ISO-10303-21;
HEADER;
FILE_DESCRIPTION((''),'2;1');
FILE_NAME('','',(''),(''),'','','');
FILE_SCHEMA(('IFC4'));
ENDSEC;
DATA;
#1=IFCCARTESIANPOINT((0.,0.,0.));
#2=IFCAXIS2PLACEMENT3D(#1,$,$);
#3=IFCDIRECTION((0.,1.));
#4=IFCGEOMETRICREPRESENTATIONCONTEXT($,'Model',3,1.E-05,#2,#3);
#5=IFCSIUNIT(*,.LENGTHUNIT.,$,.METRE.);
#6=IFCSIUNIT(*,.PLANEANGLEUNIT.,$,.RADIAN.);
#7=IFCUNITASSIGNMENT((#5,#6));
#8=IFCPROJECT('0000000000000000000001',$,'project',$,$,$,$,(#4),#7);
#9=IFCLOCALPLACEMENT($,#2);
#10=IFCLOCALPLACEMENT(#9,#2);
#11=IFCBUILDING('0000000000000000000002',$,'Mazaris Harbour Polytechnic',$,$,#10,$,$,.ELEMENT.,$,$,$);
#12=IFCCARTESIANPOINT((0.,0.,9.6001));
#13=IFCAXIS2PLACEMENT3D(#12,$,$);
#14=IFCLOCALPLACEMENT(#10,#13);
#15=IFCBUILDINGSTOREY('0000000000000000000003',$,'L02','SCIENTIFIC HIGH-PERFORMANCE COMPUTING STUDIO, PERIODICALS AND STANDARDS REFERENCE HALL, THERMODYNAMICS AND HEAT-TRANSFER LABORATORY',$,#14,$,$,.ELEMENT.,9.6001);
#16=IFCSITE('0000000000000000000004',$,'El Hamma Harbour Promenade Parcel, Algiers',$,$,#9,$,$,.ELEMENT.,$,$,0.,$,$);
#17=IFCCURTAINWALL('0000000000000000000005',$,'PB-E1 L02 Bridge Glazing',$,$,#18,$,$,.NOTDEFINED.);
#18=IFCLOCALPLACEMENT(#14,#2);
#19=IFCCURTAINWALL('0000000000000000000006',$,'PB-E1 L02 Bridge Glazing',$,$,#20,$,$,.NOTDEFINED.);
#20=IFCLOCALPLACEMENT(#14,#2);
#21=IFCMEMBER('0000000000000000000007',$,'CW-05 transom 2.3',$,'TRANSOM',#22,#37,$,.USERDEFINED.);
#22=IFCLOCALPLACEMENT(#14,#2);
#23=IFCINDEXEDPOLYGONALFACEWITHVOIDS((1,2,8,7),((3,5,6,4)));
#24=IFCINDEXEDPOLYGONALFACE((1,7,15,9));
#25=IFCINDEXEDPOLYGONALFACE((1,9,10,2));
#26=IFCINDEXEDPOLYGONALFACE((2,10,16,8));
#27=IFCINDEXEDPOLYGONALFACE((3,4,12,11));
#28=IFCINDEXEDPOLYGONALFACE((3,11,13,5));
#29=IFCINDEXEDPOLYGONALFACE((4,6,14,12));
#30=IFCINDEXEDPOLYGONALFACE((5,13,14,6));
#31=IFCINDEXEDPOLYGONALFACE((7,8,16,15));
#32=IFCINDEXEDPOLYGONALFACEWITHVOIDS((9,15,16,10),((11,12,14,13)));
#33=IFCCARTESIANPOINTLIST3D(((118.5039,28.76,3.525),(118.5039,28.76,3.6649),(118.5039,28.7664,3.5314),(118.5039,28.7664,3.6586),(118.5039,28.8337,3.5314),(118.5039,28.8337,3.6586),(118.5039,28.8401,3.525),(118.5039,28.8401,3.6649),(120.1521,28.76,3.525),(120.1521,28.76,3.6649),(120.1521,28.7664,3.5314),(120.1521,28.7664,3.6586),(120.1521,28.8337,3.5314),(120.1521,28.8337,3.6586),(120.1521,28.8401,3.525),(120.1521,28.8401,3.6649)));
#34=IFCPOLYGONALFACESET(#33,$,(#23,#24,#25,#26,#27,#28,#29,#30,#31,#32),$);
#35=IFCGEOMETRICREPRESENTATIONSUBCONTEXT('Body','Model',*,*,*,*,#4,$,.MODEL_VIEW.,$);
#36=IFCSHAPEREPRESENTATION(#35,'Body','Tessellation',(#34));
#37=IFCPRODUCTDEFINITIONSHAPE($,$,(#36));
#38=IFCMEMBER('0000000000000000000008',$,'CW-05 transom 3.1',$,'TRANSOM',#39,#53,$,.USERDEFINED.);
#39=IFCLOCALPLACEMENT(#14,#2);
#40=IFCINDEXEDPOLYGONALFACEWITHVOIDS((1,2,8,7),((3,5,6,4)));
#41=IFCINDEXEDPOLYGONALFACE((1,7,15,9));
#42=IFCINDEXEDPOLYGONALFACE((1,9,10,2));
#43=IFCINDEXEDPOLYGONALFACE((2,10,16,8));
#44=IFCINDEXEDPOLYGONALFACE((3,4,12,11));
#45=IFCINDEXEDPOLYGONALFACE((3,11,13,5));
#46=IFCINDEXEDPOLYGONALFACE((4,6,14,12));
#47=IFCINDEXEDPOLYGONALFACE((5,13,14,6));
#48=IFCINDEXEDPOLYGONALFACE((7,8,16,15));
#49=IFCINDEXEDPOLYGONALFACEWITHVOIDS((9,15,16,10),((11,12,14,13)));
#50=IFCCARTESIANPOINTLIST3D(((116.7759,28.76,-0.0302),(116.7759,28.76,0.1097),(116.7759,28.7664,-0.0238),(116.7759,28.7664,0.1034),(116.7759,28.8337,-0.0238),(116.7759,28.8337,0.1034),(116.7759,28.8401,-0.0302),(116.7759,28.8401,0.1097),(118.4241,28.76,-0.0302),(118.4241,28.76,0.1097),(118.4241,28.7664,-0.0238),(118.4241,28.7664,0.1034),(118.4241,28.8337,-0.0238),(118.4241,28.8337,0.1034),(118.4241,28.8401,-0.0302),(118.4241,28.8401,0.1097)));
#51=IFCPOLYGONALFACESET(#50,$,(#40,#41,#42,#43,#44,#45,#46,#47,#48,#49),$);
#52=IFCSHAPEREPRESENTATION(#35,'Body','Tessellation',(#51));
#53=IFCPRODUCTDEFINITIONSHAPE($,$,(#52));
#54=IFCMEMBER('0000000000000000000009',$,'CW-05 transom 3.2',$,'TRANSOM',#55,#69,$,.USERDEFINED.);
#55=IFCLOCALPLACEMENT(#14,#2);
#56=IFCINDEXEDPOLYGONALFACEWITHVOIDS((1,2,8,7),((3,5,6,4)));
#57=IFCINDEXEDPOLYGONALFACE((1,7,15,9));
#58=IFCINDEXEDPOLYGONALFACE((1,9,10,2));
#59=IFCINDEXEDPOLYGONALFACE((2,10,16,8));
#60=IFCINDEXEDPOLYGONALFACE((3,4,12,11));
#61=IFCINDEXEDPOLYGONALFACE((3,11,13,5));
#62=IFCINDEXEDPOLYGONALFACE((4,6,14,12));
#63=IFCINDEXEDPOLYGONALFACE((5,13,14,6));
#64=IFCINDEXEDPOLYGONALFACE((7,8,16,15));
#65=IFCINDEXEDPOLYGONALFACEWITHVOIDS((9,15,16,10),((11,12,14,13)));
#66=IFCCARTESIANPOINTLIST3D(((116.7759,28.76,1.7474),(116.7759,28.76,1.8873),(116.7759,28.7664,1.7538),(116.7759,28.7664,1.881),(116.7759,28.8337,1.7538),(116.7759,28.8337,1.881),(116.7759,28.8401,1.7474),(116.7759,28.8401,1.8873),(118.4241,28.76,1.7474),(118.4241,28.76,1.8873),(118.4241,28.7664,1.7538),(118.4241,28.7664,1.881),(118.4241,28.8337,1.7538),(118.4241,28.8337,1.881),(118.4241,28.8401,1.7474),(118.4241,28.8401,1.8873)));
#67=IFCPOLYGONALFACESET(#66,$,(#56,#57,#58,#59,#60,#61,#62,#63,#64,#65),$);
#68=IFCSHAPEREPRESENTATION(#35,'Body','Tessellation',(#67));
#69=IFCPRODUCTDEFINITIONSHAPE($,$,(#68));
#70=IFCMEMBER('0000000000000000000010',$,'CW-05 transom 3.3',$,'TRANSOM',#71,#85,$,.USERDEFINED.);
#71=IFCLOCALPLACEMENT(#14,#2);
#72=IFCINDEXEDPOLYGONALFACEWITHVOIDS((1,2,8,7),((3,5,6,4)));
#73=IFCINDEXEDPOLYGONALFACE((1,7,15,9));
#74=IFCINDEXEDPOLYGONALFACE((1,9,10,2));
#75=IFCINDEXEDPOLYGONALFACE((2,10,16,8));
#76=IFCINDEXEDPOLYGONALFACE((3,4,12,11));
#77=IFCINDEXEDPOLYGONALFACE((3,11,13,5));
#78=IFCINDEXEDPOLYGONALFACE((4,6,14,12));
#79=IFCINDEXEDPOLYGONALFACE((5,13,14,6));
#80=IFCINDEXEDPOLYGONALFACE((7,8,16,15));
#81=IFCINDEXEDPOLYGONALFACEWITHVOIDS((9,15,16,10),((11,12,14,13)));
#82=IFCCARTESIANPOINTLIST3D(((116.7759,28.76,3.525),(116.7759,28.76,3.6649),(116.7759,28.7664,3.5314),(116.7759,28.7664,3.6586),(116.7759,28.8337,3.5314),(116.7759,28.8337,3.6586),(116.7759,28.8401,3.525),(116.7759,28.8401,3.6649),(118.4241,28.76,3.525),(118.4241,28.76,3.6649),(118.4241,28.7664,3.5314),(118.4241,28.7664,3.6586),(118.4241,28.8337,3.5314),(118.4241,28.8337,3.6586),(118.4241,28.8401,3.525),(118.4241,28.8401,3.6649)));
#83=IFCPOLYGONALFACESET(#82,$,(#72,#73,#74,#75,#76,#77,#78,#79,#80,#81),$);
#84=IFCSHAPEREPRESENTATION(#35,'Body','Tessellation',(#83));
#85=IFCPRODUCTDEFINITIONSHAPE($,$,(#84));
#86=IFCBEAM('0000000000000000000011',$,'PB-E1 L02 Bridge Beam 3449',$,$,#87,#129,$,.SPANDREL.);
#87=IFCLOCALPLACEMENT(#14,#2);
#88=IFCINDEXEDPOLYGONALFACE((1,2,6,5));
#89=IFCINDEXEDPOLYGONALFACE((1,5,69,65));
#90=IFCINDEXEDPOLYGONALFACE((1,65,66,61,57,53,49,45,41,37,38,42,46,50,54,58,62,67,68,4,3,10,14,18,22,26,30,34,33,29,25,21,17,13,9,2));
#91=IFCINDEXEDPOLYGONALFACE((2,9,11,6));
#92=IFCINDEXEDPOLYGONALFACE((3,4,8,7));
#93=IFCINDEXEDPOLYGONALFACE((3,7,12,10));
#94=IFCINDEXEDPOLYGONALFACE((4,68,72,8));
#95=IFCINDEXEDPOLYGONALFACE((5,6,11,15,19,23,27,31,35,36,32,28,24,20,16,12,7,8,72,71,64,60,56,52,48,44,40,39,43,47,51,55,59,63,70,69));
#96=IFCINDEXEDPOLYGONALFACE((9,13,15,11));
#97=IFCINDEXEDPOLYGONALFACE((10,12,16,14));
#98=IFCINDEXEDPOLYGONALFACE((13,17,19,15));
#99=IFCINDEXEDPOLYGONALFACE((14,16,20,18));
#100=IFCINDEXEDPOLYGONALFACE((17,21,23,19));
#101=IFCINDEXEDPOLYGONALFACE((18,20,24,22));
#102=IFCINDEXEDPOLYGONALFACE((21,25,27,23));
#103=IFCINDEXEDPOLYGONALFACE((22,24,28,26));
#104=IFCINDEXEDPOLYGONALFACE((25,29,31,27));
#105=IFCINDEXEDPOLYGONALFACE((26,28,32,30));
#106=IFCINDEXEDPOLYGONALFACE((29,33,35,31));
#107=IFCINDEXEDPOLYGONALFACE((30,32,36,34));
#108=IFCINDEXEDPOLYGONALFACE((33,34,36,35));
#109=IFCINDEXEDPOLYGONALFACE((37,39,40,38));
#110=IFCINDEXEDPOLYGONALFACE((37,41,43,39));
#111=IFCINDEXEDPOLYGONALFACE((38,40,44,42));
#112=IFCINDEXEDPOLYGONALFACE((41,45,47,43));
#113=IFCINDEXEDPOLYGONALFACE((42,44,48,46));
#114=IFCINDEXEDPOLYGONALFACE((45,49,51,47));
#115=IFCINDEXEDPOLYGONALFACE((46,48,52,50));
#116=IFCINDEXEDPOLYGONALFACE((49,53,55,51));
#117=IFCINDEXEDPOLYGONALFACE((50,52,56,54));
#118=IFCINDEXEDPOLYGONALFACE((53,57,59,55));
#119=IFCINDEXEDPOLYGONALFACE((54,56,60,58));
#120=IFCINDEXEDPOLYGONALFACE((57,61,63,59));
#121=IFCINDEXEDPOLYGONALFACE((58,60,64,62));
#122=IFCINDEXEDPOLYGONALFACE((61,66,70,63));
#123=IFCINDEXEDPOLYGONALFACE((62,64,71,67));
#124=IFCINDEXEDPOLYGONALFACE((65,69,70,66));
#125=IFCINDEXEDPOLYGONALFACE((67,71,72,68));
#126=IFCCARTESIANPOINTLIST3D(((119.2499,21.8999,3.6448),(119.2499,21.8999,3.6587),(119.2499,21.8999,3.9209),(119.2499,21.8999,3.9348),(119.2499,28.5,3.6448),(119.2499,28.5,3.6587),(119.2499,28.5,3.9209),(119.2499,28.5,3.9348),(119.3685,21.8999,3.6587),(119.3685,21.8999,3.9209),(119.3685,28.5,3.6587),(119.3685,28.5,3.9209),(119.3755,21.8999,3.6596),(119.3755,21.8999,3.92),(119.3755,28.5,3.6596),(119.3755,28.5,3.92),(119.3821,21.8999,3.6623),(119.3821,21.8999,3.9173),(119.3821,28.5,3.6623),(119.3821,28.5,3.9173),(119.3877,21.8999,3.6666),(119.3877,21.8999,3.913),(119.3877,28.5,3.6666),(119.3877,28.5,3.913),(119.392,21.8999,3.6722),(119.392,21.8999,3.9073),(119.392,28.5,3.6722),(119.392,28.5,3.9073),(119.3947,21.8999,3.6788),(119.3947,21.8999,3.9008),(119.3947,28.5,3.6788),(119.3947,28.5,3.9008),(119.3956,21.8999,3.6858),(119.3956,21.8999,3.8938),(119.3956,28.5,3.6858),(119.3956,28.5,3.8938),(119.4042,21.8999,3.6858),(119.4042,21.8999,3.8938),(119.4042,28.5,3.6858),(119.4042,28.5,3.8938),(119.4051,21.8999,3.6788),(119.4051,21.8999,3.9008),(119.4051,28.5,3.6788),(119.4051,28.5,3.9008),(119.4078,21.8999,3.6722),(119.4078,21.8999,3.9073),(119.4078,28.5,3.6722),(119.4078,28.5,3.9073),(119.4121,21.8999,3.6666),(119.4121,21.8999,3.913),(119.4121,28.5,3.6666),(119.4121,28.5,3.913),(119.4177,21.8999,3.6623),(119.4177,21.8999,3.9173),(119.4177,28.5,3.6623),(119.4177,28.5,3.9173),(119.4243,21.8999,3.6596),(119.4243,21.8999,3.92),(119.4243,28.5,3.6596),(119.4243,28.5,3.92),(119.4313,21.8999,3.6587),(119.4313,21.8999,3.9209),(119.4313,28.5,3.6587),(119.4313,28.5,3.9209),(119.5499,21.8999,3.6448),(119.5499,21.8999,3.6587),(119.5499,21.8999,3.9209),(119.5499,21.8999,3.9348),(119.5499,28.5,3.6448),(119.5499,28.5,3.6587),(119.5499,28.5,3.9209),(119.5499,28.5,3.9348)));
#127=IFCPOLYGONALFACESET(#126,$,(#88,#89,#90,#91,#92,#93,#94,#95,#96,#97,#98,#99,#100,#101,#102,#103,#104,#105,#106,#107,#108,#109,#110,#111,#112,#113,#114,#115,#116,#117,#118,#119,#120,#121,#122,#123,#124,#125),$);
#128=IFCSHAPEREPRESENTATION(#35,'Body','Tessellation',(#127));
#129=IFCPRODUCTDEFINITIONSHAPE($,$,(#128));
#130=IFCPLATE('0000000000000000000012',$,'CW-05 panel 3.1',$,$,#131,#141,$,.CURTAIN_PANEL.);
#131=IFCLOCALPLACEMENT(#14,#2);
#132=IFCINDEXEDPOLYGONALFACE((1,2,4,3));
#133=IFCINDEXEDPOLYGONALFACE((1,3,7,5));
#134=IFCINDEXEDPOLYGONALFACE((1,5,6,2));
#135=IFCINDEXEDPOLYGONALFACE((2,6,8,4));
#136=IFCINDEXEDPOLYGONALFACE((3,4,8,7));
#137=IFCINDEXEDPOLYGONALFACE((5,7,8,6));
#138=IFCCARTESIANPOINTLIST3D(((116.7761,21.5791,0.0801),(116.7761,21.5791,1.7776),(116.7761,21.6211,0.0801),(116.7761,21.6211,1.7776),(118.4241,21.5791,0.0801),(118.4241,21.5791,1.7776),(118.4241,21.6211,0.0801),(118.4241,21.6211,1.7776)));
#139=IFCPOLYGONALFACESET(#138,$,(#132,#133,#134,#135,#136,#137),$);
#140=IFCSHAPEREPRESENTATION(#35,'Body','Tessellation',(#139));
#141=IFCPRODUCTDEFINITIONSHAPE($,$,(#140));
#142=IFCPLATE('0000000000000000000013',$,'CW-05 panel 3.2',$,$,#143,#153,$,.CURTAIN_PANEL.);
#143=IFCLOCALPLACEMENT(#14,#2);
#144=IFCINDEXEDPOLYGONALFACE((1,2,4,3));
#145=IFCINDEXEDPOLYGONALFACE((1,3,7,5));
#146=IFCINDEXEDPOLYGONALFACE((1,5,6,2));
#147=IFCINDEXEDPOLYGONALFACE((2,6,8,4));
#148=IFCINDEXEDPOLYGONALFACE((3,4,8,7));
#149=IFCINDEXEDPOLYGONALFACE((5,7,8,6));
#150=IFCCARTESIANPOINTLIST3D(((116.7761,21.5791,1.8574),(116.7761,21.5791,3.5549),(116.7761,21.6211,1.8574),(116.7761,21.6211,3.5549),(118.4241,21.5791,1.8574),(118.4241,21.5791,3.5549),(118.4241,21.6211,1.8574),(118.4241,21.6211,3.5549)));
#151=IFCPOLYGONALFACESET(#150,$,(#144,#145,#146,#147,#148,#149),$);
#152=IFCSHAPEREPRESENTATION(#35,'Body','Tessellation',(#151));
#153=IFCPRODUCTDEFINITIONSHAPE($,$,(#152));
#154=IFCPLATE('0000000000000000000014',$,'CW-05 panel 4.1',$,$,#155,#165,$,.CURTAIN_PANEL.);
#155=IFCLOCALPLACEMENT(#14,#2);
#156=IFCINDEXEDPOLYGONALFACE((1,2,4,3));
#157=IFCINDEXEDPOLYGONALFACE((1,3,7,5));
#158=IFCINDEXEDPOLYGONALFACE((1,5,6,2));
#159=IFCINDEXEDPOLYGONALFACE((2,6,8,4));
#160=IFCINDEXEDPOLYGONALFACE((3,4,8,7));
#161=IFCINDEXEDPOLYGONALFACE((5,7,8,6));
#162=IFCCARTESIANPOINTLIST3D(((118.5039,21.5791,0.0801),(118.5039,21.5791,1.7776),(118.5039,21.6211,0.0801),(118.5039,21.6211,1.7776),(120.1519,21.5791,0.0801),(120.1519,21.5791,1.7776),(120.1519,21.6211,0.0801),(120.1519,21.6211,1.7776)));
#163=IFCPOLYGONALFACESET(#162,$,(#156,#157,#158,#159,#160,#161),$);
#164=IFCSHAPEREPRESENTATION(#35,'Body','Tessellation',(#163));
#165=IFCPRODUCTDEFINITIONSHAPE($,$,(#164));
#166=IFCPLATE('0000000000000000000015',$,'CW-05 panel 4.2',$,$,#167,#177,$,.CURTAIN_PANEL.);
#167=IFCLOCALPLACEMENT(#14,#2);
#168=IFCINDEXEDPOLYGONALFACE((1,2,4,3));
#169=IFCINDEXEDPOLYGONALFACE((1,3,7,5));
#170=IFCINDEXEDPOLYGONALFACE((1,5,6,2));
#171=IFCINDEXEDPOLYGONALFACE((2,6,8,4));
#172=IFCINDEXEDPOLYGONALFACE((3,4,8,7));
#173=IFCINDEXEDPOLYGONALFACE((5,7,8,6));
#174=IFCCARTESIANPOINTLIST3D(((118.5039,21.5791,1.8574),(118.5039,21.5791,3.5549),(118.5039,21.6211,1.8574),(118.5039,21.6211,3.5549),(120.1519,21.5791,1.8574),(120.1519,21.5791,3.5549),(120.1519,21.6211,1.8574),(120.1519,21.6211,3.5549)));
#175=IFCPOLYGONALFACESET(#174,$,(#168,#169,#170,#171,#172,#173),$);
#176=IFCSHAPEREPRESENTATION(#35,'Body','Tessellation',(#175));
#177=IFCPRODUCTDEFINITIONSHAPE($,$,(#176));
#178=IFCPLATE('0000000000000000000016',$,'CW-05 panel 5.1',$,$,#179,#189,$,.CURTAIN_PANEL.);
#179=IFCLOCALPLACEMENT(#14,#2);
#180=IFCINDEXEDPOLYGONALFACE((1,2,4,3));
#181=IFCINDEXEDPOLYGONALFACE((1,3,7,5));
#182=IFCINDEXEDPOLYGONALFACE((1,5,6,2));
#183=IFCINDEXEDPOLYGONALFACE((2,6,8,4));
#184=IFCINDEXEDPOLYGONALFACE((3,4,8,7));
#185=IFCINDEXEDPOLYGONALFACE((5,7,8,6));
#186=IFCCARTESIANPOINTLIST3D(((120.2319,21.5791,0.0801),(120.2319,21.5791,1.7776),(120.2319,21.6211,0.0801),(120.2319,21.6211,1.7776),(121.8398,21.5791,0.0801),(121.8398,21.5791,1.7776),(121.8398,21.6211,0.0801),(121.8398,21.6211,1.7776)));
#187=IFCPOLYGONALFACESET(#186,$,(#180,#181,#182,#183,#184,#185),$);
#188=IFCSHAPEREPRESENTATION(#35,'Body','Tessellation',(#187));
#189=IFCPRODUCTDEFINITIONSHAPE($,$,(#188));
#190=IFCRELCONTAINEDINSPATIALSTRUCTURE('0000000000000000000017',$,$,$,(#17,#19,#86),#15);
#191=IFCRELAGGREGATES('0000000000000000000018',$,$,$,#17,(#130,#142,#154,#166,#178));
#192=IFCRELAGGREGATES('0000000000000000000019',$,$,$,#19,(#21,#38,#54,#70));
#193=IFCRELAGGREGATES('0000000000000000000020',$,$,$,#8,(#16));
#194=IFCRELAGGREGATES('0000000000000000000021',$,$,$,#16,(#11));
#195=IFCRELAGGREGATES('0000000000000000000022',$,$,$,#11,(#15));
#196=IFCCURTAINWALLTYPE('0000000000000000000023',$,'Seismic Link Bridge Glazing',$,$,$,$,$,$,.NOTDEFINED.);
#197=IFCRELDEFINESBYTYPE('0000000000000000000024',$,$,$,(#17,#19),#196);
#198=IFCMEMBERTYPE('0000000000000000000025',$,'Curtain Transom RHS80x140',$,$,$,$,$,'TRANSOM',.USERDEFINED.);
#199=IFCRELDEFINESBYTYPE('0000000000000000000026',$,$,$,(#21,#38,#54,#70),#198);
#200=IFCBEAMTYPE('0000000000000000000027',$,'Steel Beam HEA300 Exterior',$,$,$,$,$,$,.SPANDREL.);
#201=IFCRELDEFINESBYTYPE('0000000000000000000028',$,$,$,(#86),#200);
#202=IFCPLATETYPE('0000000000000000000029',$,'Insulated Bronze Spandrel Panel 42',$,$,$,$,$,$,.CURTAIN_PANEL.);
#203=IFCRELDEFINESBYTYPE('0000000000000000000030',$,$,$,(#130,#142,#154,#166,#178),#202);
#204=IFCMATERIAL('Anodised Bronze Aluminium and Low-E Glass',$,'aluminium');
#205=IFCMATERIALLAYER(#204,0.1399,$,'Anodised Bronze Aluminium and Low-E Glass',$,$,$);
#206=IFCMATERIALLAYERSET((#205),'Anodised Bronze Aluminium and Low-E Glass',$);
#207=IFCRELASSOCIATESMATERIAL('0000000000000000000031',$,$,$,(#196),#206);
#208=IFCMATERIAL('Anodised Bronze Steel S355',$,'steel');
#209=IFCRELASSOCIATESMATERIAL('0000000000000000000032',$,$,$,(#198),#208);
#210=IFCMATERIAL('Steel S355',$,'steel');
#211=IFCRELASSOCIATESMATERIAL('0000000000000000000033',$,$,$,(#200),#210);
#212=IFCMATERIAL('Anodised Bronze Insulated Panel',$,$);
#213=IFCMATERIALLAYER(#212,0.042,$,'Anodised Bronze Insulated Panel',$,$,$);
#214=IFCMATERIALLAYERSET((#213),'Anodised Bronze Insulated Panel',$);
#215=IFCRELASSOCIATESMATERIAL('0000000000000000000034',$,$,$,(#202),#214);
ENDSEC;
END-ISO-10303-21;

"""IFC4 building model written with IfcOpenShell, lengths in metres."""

from ifc_helpers import new_model, si_unit, direction, frame, origin, origin_2d, place, context, subcontext, project, spatial, rectangle, hollow_rectangle, i_section, extrude, material, layer, layer_set, material_profile, profile_set, type_object, element, aggregate, save


model = new_model("IFC4")

# Units and contexts
model_context = context("Model", 3, precision=1e-05, world=origin(), true_north=direction((0.0, 1.0)))
body_context = subcontext(model_context, "Body", "Model", "MODEL_VIEW")
ifc_project = project(units=[si_unit("LENGTHUNIT", "METRE"), si_unit("PLANEANGLEUNIT", "RADIAN")], contexts=[model_context])

# Site, building, storey
site_placement = place(None, origin())
site = spatial("IfcSite", under=ifc_project, at=site_placement, Name="El Hamma Harbour Promenade Parcel, Algiers", CompositionType="ELEMENT", RefElevation=0.0)
building_placement = place(site_placement, origin())
building = spatial("IfcBuilding", under=site, at=building_placement, Name="Mazaris Harbour Polytechnic", CompositionType="ELEMENT")
storey_placement = place(building_placement, frame((0.0, 0.0, 9.6001)))
storey = spatial("IfcBuildingStorey", under=building, at=storey_placement, Name="L02", Description="SCIENTIFIC HIGH-PERFORMANCE COMPUTING STUDIO, PERIODICALS AND STANDARDS REFERENCE HALL, THERMODYNAMICS AND HEAT-TRANSFER LABORATORY", CompositionType="ELEMENT", Elevation=9.6001)

# Curtain walls
ifc_material_1 = material(Name="Anodised Bronze Aluminium and Low-E Glass", Category="aluminium")
ifc_layer_1 = layer(ifc_material_1, 0.1399, Name="Anodised Bronze Aluminium and Low-E Glass")
ifc_layer_set_1 = layer_set([ifc_layer_1], Name="Anodised Bronze Aluminium and Low-E Glass")
curtain_wall_type = type_object("IfcCurtainWallType", Name="Seismic Link Bridge Glazing", PredefinedType="NOTDEFINED", material=ifc_layer_set_1)
curtain_wall_1_placement = place(storey_placement, origin())
curtain_wall_1 = element("IfcCurtainWall", 1, at=curtain_wall_1_placement, inside=storey, type_object=curtain_wall_type, Name="PB-E1 L02 Bridge Glazing", PredefinedType="NOTDEFINED")
curtain_wall_2_placement = place(storey_placement, origin())
curtain_wall_2 = element("IfcCurtainWall", 2, at=curtain_wall_2_placement, inside=storey, type_object=curtain_wall_type, Name="PB-E1 L02 Bridge Glazing", PredefinedType="NOTDEFINED")

# Members
ifc_material_2 = material(Name="Anodised Bronze Steel S355", Category="steel")
ifc_material_profile_1 = material_profile(ifc_material_2, hollow_rectangle(XDim=0.0801, YDim=0.1399, WallThickness=0.0063, at=origin_2d()), Name="RHS 80x140x6.3")
ifc_profile_set_1 = profile_set([ifc_material_profile_1], Name="Anodised Bronze Steel S355")
member_type_1 = type_object("IfcMemberType", Name="Curtain Transom RHS80x140", ElementType="TRANSOM", PredefinedType="USERDEFINED", material=ifc_profile_set_1)
member_1_placement = place(storey_placement, frame((120.1521, 28.8, 3.595), z_axis=(-1.0, 0.0, 0.0), x_axis=(0.0, -1.0, 0.0)))
member_1 = element("IfcMember", 3, at=member_1_placement, type_object=member_type_1, Name="CW-05 transom 2.3", ObjectType="TRANSOM", PredefinedType="USERDEFINED", context=body_context, shape_type="SweptSolid", body=[
    extrude(hollow_rectangle(XDim=0.0801, YDim=0.1399, WallThickness=0.0063, at=origin_2d()), origin(), (0.0, 0.0, 1.0), 1.6482),
])
member_2_placement = place(storey_placement, frame((118.4241, 28.8, 0.0398), z_axis=(-1.0, 0.0, 0.0), x_axis=(0.0, -1.0, 0.0)))
member_2 = element("IfcMember", 4, at=member_2_placement, type_object=member_type_1, Name="CW-05 transom 3.1", ObjectType="TRANSOM", PredefinedType="USERDEFINED", context=body_context, shape_type="SweptSolid", body=[
    extrude(hollow_rectangle(XDim=0.0801, YDim=0.1399, WallThickness=0.0063, at=origin_2d()), origin(), (0.0, 0.0, 1.0), 1.6482),
])
member_3_placement = place(storey_placement, frame((118.4241, 28.8, 1.8174), z_axis=(-1.0, 0.0, 0.0), x_axis=(0.0, -1.0, 0.0)))
member_3 = element("IfcMember", 5, at=member_3_placement, type_object=member_type_1, Name="CW-05 transom 3.2", ObjectType="TRANSOM", PredefinedType="USERDEFINED", context=body_context, shape_type="SweptSolid", body=[
    extrude(hollow_rectangle(XDim=0.0801, YDim=0.1399, WallThickness=0.0063, at=origin_2d()), origin(), (0.0, 0.0, 1.0), 1.6482),
])
member_4_placement = place(storey_placement, frame((118.4241, 28.8, 3.595), z_axis=(-1.0, 0.0, 0.0), x_axis=(0.0, -1.0, 0.0)))
member_4 = element("IfcMember", 6, at=member_4_placement, type_object=member_type_1, Name="CW-05 transom 3.3", ObjectType="TRANSOM", PredefinedType="USERDEFINED", context=body_context, shape_type="SweptSolid", body=[
    extrude(hollow_rectangle(XDim=0.0801, YDim=0.1399, WallThickness=0.0063, at=origin_2d()), origin(), (0.0, 0.0, 1.0), 1.6482),
])

# Beam
ifc_material_3 = material(Name="Steel S355", Category="steel")
ifc_material_profile_2 = material_profile(ifc_material_3, i_section(OverallWidth=0.3, OverallDepth=0.29, WebThickness=0.0085, FlangeThickness=0.0139, FilletRadius=0.0271, at=origin_2d()), Name="HEA 300")
ifc_profile_set_2 = profile_set([ifc_material_profile_2], Name="Steel S355")
beam_type = type_object("IfcBeamType", Name="Steel Beam HEA300 Exterior", PredefinedType="SPANDREL", material=ifc_profile_set_2)
beam_placement = place(storey_placement, frame((119.3999, 21.8999, 3.7898), z_axis=(0.0, 1.0, 0.0), x_axis=(-1.0, 0.0, 0.0)))
element("IfcBeam", 7, at=beam_placement, inside=storey, type_object=beam_type, Name="PB-E1 L02 Bridge Beam 3449", PredefinedType="SPANDREL", context=body_context, shape_type="SweptSolid", body=[
    extrude(i_section(OverallWidth=0.3, OverallDepth=0.29, WebThickness=0.0085, FlangeThickness=0.0139, FilletRadius=0.0271, at=origin_2d()), origin(), (0.0, 0.0, 1.0), 6.6001),
])

# Plates
ifc_material_4 = material(Name="Anodised Bronze Insulated Panel")
ifc_layer_2 = layer(ifc_material_4, 0.042, Name="Anodised Bronze Insulated Panel")
ifc_layer_set_2 = layer_set([ifc_layer_2], Name="Anodised Bronze Insulated Panel")
plate_type_1 = type_object("IfcPlateType", Name="Insulated Bronze Spandrel Panel 42", PredefinedType="CURTAIN_PANEL", material=ifc_layer_set_2)
plate_1_placement = place(storey_placement, frame((117.6001, 21.6001, 0.0801), z_axis=(0.0, 0.0, 1.0), x_axis=(1.0, 0.0, 0.0)))
plate_1 = element("IfcPlate", 8, at=plate_1_placement, type_object=plate_type_1, Name="CW-05 panel 3.1", PredefinedType="CURTAIN_PANEL", context=body_context, shape_type="SweptSolid", body=[
    extrude(rectangle(XDim=1.6479, YDim=0.042, at=origin_2d()), origin(), (0.0, 0.0, 1.0), 1.6975),
])
plate_2_placement = place(storey_placement, frame((117.6001, 21.6001, 1.8574), z_axis=(0.0, 0.0, 1.0), x_axis=(1.0, 0.0, 0.0)))
plate_2 = element("IfcPlate", 9, at=plate_2_placement, type_object=plate_type_1, Name="CW-05 panel 3.2", PredefinedType="CURTAIN_PANEL", context=body_context, shape_type="SweptSolid", body=[
    extrude(rectangle(XDim=1.6479, YDim=0.042, at=origin_2d()), origin(), (0.0, 0.0, 1.0), 1.6975),
])
plate_3_placement = place(storey_placement, frame((119.3279, 21.6001, 0.0801), z_axis=(0.0, 0.0, 1.0), x_axis=(1.0, 0.0, 0.0)))
plate_3 = element("IfcPlate", 10, at=plate_3_placement, type_object=plate_type_1, Name="CW-05 panel 4.1", PredefinedType="CURTAIN_PANEL", context=body_context, shape_type="SweptSolid", body=[
    extrude(rectangle(XDim=1.6479, YDim=0.042, at=origin_2d()), origin(), (0.0, 0.0, 1.0), 1.6975),
])
plate_4_placement = place(storey_placement, frame((119.3279, 21.6001, 1.8574), z_axis=(0.0, 0.0, 1.0), x_axis=(1.0, 0.0, 0.0)))
plate_4 = element("IfcPlate", 11, at=plate_4_placement, type_object=plate_type_1, Name="CW-05 panel 4.2", PredefinedType="CURTAIN_PANEL", context=body_context, shape_type="SweptSolid", body=[
    extrude(rectangle(XDim=1.6479, YDim=0.042, at=origin_2d()), origin(), (0.0, 0.0, 1.0), 1.6975),
])
plate_5_placement = place(storey_placement, frame((121.0359, 21.6001, 0.0801), z_axis=(0.0, 0.0, 1.0), x_axis=(1.0, 0.0, 0.0)))
plate_5 = element("IfcPlate", 12, at=plate_5_placement, type_object=plate_type_1, Name="CW-05 panel 5.1", PredefinedType="CURTAIN_PANEL", context=body_context, shape_type="SweptSolid", body=[
    extrude(rectangle(XDim=1.6079, YDim=0.042, at=origin_2d()), origin(), (0.0, 0.0, 1.0), 1.6975),
])
aggregate(curtain_wall_1, [plate_1, plate_2, plate_3, plate_4, plate_5])
aggregate(curtain_wall_2, [member_1, member_2, member_3, member_4])

save(model, "model.ifc")
